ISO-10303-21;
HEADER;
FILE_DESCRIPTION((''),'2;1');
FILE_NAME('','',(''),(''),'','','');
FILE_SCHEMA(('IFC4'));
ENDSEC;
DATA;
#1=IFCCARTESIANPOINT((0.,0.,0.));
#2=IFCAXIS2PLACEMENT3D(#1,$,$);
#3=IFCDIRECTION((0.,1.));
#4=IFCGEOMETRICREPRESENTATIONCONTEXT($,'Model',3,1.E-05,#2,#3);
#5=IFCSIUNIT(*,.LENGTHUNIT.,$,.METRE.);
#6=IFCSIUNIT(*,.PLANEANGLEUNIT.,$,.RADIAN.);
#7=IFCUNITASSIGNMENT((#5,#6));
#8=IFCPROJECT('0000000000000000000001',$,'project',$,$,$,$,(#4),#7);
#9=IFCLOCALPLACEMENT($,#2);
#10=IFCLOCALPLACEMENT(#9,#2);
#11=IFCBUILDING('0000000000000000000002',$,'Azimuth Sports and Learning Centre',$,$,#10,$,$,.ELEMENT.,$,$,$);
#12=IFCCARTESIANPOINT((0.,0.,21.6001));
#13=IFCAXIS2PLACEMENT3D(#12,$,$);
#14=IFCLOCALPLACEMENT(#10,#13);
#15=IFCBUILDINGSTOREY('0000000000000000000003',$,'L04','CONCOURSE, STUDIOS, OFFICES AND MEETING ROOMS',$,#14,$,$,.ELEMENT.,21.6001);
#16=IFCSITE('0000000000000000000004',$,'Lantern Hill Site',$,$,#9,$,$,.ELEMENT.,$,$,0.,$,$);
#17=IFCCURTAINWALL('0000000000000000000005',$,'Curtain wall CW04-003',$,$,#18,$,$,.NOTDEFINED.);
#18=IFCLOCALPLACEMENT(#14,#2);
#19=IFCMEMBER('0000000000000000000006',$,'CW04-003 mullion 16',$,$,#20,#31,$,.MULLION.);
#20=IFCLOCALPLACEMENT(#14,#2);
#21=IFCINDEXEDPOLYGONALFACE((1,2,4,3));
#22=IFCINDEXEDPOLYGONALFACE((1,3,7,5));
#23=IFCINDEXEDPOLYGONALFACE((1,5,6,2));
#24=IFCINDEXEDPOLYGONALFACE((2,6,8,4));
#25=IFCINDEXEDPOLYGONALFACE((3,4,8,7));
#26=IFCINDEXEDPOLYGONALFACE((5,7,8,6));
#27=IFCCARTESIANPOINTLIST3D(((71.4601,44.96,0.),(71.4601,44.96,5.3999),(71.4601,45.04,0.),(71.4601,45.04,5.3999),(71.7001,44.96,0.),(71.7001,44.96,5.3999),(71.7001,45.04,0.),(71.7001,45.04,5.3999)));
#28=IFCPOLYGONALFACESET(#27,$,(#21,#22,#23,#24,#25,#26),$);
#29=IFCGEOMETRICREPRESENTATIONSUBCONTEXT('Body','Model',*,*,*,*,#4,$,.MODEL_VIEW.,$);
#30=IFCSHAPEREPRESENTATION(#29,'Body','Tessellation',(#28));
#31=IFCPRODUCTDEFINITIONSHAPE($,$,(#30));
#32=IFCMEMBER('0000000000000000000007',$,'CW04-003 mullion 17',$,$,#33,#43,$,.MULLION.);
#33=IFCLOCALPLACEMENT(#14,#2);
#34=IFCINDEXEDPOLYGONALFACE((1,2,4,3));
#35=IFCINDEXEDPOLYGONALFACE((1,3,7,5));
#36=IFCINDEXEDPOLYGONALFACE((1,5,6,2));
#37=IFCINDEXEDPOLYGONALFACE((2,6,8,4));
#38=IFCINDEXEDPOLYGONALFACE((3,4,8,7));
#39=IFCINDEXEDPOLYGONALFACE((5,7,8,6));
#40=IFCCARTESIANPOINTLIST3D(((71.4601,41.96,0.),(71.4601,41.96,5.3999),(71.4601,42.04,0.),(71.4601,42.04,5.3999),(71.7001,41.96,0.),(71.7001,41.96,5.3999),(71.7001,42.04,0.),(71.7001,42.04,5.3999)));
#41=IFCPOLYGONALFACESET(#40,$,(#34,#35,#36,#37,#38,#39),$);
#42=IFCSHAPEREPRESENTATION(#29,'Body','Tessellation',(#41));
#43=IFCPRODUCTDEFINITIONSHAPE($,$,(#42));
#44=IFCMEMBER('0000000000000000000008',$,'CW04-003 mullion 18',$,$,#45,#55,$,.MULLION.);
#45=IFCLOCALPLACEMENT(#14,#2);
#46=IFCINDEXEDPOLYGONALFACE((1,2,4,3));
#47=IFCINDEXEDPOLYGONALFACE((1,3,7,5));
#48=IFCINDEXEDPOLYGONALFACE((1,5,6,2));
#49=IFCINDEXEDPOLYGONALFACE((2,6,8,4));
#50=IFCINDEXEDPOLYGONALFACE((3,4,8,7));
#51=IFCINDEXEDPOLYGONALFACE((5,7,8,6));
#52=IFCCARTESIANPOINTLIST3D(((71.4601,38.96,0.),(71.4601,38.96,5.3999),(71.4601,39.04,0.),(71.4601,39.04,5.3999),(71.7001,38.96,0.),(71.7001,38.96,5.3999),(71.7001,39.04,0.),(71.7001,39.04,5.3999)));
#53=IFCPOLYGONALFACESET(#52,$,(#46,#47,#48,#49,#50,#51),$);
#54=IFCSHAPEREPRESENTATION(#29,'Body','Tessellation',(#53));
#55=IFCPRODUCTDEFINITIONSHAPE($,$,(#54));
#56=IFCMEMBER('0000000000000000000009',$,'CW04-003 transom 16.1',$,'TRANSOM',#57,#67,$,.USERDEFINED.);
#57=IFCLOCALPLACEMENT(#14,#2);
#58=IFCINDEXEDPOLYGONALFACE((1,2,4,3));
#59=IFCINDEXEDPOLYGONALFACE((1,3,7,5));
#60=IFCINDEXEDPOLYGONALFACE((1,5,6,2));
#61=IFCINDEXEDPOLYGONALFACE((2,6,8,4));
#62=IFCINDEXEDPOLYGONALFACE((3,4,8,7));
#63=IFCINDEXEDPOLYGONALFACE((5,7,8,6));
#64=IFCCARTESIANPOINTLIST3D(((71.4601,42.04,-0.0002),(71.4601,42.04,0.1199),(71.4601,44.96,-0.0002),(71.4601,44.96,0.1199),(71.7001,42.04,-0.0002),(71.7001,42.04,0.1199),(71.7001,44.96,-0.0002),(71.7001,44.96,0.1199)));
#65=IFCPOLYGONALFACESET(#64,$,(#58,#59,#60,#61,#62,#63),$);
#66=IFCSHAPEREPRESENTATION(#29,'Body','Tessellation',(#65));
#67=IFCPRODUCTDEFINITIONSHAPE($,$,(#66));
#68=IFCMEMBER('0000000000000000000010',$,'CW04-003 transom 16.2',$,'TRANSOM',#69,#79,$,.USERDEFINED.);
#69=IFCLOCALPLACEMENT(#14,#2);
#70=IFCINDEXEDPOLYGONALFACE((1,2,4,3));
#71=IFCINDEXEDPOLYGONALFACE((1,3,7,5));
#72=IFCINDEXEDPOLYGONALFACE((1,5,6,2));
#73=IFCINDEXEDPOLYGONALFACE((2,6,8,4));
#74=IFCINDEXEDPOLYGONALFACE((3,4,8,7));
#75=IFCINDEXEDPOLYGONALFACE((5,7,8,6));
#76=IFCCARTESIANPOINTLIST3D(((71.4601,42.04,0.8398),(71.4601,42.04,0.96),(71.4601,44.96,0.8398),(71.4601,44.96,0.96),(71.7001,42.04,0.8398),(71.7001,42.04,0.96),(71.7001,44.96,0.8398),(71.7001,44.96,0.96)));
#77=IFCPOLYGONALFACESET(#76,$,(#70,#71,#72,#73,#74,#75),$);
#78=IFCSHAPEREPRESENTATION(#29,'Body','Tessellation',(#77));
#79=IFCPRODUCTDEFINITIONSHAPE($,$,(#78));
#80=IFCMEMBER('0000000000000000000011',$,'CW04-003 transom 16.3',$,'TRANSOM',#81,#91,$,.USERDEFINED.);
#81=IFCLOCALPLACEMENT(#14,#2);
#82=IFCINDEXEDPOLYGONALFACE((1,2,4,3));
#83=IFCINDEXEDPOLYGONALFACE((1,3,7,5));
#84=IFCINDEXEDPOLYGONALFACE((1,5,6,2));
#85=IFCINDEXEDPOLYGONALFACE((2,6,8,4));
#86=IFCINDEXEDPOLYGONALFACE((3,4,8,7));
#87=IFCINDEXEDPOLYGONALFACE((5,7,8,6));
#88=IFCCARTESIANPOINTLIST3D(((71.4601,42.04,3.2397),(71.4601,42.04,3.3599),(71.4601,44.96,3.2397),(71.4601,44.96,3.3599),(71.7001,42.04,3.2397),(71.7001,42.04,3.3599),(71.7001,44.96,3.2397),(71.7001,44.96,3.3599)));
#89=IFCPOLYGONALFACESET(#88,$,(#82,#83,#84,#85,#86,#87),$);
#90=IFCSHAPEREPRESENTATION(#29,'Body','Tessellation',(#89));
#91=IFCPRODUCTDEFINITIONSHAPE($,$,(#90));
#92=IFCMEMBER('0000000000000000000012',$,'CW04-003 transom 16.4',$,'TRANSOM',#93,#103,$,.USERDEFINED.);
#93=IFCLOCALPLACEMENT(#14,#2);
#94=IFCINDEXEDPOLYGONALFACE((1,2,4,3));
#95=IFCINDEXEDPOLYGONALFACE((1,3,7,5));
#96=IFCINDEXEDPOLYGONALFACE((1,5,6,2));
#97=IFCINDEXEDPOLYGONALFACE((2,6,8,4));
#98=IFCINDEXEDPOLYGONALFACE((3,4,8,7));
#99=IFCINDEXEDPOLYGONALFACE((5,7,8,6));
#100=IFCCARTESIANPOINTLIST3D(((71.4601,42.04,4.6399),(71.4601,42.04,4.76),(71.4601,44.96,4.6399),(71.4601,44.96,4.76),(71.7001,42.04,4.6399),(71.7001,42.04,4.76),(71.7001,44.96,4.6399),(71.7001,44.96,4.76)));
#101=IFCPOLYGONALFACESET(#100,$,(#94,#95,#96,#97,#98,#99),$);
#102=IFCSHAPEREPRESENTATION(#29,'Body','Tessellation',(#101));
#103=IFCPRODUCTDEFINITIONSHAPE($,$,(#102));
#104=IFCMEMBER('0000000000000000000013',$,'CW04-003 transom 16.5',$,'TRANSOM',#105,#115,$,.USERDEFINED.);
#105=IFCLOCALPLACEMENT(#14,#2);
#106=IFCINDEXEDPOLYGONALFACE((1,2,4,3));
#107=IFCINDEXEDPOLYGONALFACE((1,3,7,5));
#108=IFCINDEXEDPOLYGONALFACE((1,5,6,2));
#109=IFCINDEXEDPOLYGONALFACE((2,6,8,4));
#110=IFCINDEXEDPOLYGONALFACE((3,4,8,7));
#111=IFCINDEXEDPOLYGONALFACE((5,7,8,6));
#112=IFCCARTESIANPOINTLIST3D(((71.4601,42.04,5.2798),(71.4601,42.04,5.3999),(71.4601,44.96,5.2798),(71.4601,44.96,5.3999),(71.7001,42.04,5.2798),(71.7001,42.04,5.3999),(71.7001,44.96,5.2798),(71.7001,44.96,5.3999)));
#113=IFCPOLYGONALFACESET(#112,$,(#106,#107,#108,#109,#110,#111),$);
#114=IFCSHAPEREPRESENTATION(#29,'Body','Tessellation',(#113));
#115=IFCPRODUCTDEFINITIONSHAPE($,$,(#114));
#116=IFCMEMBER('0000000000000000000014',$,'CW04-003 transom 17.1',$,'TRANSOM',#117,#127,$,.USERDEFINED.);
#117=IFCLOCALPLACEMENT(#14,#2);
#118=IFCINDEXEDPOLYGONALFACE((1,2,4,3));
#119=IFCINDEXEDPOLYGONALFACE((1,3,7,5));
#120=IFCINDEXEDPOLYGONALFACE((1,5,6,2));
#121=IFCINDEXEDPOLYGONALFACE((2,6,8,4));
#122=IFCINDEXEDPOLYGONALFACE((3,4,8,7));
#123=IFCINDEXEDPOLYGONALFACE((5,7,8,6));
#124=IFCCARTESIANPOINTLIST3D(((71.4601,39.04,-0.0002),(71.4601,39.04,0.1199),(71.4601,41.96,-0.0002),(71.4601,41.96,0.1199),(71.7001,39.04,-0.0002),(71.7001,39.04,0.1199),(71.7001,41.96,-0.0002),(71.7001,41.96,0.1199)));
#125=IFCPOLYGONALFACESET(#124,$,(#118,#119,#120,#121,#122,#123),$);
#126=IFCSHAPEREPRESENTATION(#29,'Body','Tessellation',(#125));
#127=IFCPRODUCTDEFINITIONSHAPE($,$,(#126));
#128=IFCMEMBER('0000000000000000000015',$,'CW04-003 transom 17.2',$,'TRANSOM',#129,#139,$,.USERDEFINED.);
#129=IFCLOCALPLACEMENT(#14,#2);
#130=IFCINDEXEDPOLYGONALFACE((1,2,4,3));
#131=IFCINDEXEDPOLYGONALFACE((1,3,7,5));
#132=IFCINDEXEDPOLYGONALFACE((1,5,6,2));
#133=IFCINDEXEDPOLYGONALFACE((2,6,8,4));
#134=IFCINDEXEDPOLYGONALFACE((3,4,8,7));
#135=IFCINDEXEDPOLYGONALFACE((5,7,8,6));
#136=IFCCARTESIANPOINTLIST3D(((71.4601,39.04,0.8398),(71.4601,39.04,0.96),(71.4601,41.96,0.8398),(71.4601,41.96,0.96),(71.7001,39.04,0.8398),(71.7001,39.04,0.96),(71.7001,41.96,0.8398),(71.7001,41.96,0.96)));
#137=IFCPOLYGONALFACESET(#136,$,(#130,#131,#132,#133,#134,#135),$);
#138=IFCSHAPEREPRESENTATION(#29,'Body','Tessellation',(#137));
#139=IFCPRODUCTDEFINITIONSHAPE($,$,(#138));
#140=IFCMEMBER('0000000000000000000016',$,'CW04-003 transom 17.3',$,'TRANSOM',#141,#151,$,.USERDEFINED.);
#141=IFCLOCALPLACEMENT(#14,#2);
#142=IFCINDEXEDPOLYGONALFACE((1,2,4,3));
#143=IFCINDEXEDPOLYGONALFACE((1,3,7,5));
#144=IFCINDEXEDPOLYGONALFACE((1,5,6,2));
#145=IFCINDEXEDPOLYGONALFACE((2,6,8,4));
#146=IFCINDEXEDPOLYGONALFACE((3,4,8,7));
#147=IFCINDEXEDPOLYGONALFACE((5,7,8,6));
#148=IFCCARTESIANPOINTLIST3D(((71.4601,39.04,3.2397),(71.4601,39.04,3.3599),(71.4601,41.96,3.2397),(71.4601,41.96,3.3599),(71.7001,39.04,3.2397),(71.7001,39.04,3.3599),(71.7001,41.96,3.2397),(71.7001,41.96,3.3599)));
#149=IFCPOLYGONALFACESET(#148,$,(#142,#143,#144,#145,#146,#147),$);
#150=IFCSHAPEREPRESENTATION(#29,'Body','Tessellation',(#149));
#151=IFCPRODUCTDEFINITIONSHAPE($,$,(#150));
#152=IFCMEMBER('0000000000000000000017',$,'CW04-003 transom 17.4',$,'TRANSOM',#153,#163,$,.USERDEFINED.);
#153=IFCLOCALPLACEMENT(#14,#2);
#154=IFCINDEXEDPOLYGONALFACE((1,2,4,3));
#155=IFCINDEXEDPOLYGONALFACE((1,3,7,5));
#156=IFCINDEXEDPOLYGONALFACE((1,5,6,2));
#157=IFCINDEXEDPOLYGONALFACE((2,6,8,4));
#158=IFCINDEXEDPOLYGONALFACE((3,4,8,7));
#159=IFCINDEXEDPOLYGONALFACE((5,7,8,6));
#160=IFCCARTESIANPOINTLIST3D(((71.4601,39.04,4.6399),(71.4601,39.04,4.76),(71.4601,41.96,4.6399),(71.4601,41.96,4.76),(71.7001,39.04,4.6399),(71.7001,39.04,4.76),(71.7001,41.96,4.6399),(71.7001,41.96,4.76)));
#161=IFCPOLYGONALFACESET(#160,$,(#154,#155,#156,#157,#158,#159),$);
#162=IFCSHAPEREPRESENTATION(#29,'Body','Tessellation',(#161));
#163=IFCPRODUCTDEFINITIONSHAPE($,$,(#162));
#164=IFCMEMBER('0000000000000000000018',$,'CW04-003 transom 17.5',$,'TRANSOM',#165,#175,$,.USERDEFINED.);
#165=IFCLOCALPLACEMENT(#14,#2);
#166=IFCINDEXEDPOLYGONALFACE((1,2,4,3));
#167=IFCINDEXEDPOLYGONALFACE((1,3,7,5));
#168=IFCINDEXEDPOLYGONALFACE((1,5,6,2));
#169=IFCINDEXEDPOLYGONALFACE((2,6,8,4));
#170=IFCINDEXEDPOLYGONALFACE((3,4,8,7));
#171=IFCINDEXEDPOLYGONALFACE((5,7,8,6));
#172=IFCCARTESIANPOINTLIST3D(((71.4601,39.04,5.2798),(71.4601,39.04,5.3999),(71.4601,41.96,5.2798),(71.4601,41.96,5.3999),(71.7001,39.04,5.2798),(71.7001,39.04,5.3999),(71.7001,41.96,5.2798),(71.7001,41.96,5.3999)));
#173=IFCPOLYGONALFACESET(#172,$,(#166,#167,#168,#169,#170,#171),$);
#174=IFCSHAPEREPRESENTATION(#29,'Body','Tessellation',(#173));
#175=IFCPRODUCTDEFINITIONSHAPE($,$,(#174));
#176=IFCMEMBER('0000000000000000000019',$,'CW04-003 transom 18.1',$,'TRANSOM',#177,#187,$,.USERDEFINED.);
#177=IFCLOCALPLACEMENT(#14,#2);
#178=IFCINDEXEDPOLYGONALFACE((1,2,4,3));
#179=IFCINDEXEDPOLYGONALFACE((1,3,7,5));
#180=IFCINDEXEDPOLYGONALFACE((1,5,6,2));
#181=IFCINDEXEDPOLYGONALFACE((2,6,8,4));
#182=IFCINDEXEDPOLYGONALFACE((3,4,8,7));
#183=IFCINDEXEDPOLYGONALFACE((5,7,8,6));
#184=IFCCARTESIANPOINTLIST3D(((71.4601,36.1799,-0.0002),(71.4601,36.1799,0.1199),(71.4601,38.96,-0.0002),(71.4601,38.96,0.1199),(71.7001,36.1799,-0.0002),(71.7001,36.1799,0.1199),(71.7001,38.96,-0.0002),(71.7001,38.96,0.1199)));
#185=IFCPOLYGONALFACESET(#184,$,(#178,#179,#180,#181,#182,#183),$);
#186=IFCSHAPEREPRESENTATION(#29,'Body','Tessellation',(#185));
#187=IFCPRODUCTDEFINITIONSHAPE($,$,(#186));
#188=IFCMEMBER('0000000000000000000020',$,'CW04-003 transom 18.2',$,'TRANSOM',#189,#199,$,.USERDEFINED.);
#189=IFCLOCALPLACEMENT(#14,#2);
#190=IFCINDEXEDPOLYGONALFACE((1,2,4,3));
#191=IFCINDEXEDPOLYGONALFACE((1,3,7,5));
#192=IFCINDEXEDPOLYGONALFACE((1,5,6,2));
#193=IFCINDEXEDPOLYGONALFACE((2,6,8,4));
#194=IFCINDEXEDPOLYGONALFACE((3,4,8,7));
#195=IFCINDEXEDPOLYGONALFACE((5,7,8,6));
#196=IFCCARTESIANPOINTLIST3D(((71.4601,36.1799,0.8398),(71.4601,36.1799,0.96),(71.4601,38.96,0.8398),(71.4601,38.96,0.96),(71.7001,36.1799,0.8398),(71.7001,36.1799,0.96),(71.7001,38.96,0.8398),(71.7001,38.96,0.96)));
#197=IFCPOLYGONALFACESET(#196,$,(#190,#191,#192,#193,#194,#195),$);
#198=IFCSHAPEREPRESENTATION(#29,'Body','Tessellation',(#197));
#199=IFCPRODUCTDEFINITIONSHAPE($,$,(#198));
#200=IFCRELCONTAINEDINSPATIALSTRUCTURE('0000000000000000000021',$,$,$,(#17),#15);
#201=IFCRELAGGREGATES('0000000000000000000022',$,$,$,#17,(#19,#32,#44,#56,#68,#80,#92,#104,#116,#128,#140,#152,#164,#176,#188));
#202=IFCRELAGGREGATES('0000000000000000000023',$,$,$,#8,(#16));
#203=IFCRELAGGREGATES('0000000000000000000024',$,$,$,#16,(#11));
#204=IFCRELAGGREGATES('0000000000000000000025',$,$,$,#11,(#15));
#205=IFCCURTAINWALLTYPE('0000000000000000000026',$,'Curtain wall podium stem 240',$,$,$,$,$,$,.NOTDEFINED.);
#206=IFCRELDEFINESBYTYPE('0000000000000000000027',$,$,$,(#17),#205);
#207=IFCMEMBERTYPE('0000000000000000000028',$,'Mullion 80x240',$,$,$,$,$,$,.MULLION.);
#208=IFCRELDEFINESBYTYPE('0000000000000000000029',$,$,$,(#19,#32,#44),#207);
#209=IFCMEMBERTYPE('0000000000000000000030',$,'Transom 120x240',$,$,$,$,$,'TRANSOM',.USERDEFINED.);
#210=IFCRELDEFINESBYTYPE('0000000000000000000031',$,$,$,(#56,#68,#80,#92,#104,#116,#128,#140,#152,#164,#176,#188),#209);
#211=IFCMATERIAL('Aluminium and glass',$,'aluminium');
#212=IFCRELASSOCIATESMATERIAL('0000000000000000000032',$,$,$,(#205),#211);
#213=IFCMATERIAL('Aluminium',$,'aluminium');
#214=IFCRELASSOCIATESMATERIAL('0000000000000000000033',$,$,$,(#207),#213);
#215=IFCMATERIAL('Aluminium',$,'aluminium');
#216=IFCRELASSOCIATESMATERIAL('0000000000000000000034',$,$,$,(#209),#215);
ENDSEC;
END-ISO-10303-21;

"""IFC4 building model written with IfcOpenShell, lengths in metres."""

from ifc_helpers import new_model, si_unit, direction, frame, origin, origin_2d, place, context, subcontext, project, spatial, rectangle, extrude, material, material_profile, profile_set, type_object, element, aggregate, save


model = new_model("IFC4")

# Units and contexts
model_context = context("Model", 3, precision=1e-05, world=origin(), true_north=direction((0.0, 1.0)))
body_context = subcontext(model_context, "Body", "Model", "MODEL_VIEW")
ifc_project = project(units=[si_unit("LENGTHUNIT", "METRE"), si_unit("PLANEANGLEUNIT", "RADIAN")], contexts=[model_context])

# Site, building, storey
site_placement = place(None, origin())
site = spatial("IfcSite", under=ifc_project, at=site_placement, Name="Lantern Hill Site", CompositionType="ELEMENT", RefElevation=0.0)
building_placement = place(site_placement, origin())
building = spatial("IfcBuilding", under=site, at=building_placement, Name="Azimuth Sports and Learning Centre", CompositionType="ELEMENT")
storey_placement = place(building_placement, frame((0.0, 0.0, 21.6001)))
storey = spatial("IfcBuildingStorey", under=building, at=storey_placement, Name="L04", Description="CONCOURSE, STUDIOS, OFFICES AND MEETING ROOMS", CompositionType="ELEMENT", Elevation=21.6001)

# Curtain wall, members
ifc_material_1 = material(Name="Aluminium and glass", Category="aluminium")
curtain_wall_type = type_object("IfcCurtainWallType", Name="Curtain wall podium stem 240", PredefinedType="NOTDEFINED", material=ifc_material_1)
curtain_wall_placement = place(storey_placement, origin())
curtain_wall = element("IfcCurtainWall", 1, at=curtain_wall_placement, inside=storey, type_object=curtain_wall_type, Name="Curtain wall CW04-003", PredefinedType="NOTDEFINED")
ifc_material_2 = material(Name="Aluminium", Category="aluminium")
ifc_material_profile_1 = material_profile(ifc_material_2, rectangle(XDim=0.24, YDim=0.0801, at=origin_2d()), Name="Mullion 80x240")
ifc_profile_set_1 = profile_set([ifc_material_profile_1], Name="Aluminium")
member_type_1 = type_object("IfcMemberType", Name="Mullion 80x240", PredefinedType="MULLION", material=ifc_profile_set_1)
member_1_placement = place(storey_placement, frame((71.5801, 45.0, 0.0), z_axis=(0.0, 0.0, 1.0), x_axis=(1.0, 0.0, 0.0)))
member_1 = element("IfcMember", 2, at=member_1_placement, type_object=member_type_1, Name="CW04-003 mullion 16", PredefinedType="MULLION", context=body_context, shape_type="SweptSolid", body=[
    extrude(rectangle(XDim=0.24, YDim=0.0801, at=origin_2d()), origin(), (0.0, 0.0, 1.0), 5.3999),
])
member_2_placement = place(storey_placement, frame((71.5801, 42.0, 0.0), z_axis=(0.0, 0.0, 1.0), x_axis=(1.0, 0.0, 0.0)))
member_2 = element("IfcMember", 3, at=member_2_placement, type_object=member_type_1, Name="CW04-003 mullion 17", PredefinedType="MULLION", context=body_context, shape_type="SweptSolid", body=[
    extrude(rectangle(XDim=0.24, YDim=0.0801, at=origin_2d()), origin(), (0.0, 0.0, 1.0), 5.3999),
])
member_3_placement = place(storey_placement, frame((71.5801, 39.0, 0.0), z_axis=(0.0, 0.0, 1.0), x_axis=(1.0, 0.0, 0.0)))
member_3 = element("IfcMember", 4, at=member_3_placement, type_object=member_type_1, Name="CW04-003 mullion 18", PredefinedType="MULLION", context=body_context, shape_type="SweptSolid", body=[
    extrude(rectangle(XDim=0.24, YDim=0.0801, at=origin_2d()), origin(), (0.0, 0.0, 1.0), 5.3999),
])
ifc_material_3 = material(Name="Aluminium", Category="aluminium")
ifc_material_profile_2 = material_profile(ifc_material_3, rectangle(XDim=0.24, YDim=0.1201, at=origin_2d()), Name="Transom 120x240")
ifc_profile_set_2 = profile_set([ifc_material_profile_2], Name="Aluminium")
member_type_2 = type_object("IfcMemberType", Name="Transom 120x240", ElementType="TRANSOM", PredefinedType="USERDEFINED", material=ifc_profile_set_2)
member_4_placement = place(storey_placement, frame((71.5801, 44.96, 0.0598), z_axis=(0.0, -1.0, 0.0), x_axis=(1.0, 0.0, 0.0)))
member_4 = element("IfcMember", 5, at=member_4_placement, type_object=member_type_2, Name="CW04-003 transom 16.1", ObjectType="TRANSOM", PredefinedType="USERDEFINED", context=body_context, shape_type="SweptSolid", body=[
    extrude(rectangle(XDim=0.24, YDim=0.1201, at=origin_2d()), origin(), (0.0, 0.0, 1.0), 2.9199),
])
member_5_placement = place(storey_placement, frame((71.5801, 44.96, 0.8999), z_axis=(0.0, -1.0, 0.0), x_axis=(1.0, 0.0, 0.0)))
member_5 = element("IfcMember", 6, at=member_5_placement, type_object=member_type_2, Name="CW04-003 transom 16.2", ObjectType="TRANSOM", PredefinedType="USERDEFINED", context=body_context, shape_type="SweptSolid", body=[
    extrude(rectangle(XDim=0.24, YDim=0.1201, at=origin_2d()), origin(), (0.0, 0.0, 1.0), 2.9199),
])
member_6_placement = place(storey_placement, frame((71.5801, 44.96, 3.2998), z_axis=(0.0, -1.0, 0.0), x_axis=(1.0, 0.0, 0.0)))
member_6 = element("IfcMember", 7, at=member_6_placement, type_object=member_type_2, Name="CW04-003 transom 16.3", ObjectType="TRANSOM", PredefinedType="USERDEFINED", context=body_context, shape_type="SweptSolid", body=[
    extrude(rectangle(XDim=0.24, YDim=0.1201, at=origin_2d()), origin(), (0.0, 0.0, 1.0), 2.9199),
])
member_7_placement = place(storey_placement, frame((71.5801, 44.96, 4.7), z_axis=(0.0, -1.0, 0.0), x_axis=(1.0, 0.0, 0.0)))
member_7 = element("IfcMember", 8, at=member_7_placement, type_object=member_type_2, Name="CW04-003 transom 16.4", ObjectType="TRANSOM", PredefinedType="USERDEFINED", context=body_context, shape_type="SweptSolid", body=[
    extrude(rectangle(XDim=0.24, YDim=0.1201, at=origin_2d()), origin(), (0.0, 0.0, 1.0), 2.9199),
])
member_8_placement = place(storey_placement, frame((71.5801, 44.96, 5.3398), z_axis=(0.0, -1.0, 0.0), x_axis=(1.0, 0.0, 0.0)))
member_8 = element("IfcMember", 9, at=member_8_placement, type_object=member_type_2, Name="CW04-003 transom 16.5", ObjectType="TRANSOM", PredefinedType="USERDEFINED", context=body_context, shape_type="SweptSolid", body=[
    extrude(rectangle(XDim=0.24, YDim=0.1201, at=origin_2d()), origin(), (0.0, 0.0, 1.0), 2.9199),
])
member_9_placement = place(storey_placement, frame((71.5801, 41.96, 0.0598), z_axis=(0.0, -1.0, 0.0), x_axis=(1.0, 0.0, 0.0)))
member_9 = element("IfcMember", 10, at=member_9_placement, type_object=member_type_2, Name="CW04-003 transom 17.1", ObjectType="TRANSOM", PredefinedType="USERDEFINED", context=body_context, shape_type="SweptSolid", body=[
    extrude(rectangle(XDim=0.24, YDim=0.1201, at=origin_2d()), origin(), (0.0, 0.0, 1.0), 2.9199),
])
member_10_placement = place(storey_placement, frame((71.5801, 41.96, 0.8999), z_axis=(0.0, -1.0, 0.0), x_axis=(1.0, 0.0, 0.0)))
member_10 = element("IfcMember", 11, at=member_10_placement, type_object=member_type_2, Name="CW04-003 transom 17.2", ObjectType="TRANSOM", PredefinedType="USERDEFINED", context=body_context, shape_type="SweptSolid", body=[
    extrude(rectangle(XDim=0.24, YDim=0.1201, at=origin_2d()), origin(), (0.0, 0.0, 1.0), 2.9199),
])
member_11_placement = place(storey_placement, frame((71.5801, 41.96, 3.2998), z_axis=(0.0, -1.0, 0.0), x_axis=(1.0, 0.0, 0.0)))
member_11 = element("IfcMember", 12, at=member_11_placement, type_object=member_type_2, Name="CW04-003 transom 17.3", ObjectType="TRANSOM", PredefinedType="USERDEFINED", context=body_context, shape_type="SweptSolid", body=[
    extrude(rectangle(XDim=0.24, YDim=0.1201, at=origin_2d()), origin(), (0.0, 0.0, 1.0), 2.9199),
])
member_12_placement = place(storey_placement, frame((71.5801, 41.96, 4.7), z_axis=(0.0, -1.0, 0.0), x_axis=(1.0, 0.0, 0.0)))
member_12 = element("IfcMember", 13, at=member_12_placement, type_object=member_type_2, Name="CW04-003 transom 17.4", ObjectType="TRANSOM", PredefinedType="USERDEFINED", context=body_context, shape_type="SweptSolid", body=[
    extrude(rectangle(XDim=0.24, YDim=0.1201, at=origin_2d()), origin(), (0.0, 0.0, 1.0), 2.9199),
])
member_13_placement = place(storey_placement, frame((71.5801, 41.96, 5.3398), z_axis=(0.0, -1.0, 0.0), x_axis=(1.0, 0.0, 0.0)))
member_13 = element("IfcMember", 14, at=member_13_placement, type_object=member_type_2, Name="CW04-003 transom 17.5", ObjectType="TRANSOM", PredefinedType="USERDEFINED", context=body_context, shape_type="SweptSolid", body=[
    extrude(rectangle(XDim=0.24, YDim=0.1201, at=origin_2d()), origin(), (0.0, 0.0, 1.0), 2.9199),
])
member_14_placement = place(storey_placement, frame((71.5801, 38.96, 0.0598), z_axis=(0.0, -1.0, 0.0), x_axis=(1.0, 0.0, 0.0)))
member_14 = element("IfcMember", 15, at=member_14_placement, type_object=member_type_2, Name="CW04-003 transom 18.1", ObjectType="TRANSOM", PredefinedType="USERDEFINED", context=body_context, shape_type="SweptSolid", body=[
    extrude(rectangle(XDim=0.24, YDim=0.1201, at=origin_2d()), origin(), (0.0, 0.0, 1.0), 2.78),
])
member_15_placement = place(storey_placement, frame((71.5801, 38.96, 0.8999), z_axis=(0.0, -1.0, 0.0), x_axis=(1.0, 0.0, 0.0)))
member_15 = element("IfcMember", 16, at=member_15_placement, type_object=member_type_2, Name="CW04-003 transom 18.2", ObjectType="TRANSOM", PredefinedType="USERDEFINED", context=body_context, shape_type="SweptSolid", body=[
    extrude(rectangle(XDim=0.24, YDim=0.1201, at=origin_2d()), origin(), (0.0, 0.0, 1.0), 2.78),
])
aggregate(curtain_wall, [member_1, member_2, member_3, member_4, member_5, member_6, member_7, member_8, member_9, member_10, member_11, member_12, member_13, member_14, member_15])

save(model, "model.ifc")
